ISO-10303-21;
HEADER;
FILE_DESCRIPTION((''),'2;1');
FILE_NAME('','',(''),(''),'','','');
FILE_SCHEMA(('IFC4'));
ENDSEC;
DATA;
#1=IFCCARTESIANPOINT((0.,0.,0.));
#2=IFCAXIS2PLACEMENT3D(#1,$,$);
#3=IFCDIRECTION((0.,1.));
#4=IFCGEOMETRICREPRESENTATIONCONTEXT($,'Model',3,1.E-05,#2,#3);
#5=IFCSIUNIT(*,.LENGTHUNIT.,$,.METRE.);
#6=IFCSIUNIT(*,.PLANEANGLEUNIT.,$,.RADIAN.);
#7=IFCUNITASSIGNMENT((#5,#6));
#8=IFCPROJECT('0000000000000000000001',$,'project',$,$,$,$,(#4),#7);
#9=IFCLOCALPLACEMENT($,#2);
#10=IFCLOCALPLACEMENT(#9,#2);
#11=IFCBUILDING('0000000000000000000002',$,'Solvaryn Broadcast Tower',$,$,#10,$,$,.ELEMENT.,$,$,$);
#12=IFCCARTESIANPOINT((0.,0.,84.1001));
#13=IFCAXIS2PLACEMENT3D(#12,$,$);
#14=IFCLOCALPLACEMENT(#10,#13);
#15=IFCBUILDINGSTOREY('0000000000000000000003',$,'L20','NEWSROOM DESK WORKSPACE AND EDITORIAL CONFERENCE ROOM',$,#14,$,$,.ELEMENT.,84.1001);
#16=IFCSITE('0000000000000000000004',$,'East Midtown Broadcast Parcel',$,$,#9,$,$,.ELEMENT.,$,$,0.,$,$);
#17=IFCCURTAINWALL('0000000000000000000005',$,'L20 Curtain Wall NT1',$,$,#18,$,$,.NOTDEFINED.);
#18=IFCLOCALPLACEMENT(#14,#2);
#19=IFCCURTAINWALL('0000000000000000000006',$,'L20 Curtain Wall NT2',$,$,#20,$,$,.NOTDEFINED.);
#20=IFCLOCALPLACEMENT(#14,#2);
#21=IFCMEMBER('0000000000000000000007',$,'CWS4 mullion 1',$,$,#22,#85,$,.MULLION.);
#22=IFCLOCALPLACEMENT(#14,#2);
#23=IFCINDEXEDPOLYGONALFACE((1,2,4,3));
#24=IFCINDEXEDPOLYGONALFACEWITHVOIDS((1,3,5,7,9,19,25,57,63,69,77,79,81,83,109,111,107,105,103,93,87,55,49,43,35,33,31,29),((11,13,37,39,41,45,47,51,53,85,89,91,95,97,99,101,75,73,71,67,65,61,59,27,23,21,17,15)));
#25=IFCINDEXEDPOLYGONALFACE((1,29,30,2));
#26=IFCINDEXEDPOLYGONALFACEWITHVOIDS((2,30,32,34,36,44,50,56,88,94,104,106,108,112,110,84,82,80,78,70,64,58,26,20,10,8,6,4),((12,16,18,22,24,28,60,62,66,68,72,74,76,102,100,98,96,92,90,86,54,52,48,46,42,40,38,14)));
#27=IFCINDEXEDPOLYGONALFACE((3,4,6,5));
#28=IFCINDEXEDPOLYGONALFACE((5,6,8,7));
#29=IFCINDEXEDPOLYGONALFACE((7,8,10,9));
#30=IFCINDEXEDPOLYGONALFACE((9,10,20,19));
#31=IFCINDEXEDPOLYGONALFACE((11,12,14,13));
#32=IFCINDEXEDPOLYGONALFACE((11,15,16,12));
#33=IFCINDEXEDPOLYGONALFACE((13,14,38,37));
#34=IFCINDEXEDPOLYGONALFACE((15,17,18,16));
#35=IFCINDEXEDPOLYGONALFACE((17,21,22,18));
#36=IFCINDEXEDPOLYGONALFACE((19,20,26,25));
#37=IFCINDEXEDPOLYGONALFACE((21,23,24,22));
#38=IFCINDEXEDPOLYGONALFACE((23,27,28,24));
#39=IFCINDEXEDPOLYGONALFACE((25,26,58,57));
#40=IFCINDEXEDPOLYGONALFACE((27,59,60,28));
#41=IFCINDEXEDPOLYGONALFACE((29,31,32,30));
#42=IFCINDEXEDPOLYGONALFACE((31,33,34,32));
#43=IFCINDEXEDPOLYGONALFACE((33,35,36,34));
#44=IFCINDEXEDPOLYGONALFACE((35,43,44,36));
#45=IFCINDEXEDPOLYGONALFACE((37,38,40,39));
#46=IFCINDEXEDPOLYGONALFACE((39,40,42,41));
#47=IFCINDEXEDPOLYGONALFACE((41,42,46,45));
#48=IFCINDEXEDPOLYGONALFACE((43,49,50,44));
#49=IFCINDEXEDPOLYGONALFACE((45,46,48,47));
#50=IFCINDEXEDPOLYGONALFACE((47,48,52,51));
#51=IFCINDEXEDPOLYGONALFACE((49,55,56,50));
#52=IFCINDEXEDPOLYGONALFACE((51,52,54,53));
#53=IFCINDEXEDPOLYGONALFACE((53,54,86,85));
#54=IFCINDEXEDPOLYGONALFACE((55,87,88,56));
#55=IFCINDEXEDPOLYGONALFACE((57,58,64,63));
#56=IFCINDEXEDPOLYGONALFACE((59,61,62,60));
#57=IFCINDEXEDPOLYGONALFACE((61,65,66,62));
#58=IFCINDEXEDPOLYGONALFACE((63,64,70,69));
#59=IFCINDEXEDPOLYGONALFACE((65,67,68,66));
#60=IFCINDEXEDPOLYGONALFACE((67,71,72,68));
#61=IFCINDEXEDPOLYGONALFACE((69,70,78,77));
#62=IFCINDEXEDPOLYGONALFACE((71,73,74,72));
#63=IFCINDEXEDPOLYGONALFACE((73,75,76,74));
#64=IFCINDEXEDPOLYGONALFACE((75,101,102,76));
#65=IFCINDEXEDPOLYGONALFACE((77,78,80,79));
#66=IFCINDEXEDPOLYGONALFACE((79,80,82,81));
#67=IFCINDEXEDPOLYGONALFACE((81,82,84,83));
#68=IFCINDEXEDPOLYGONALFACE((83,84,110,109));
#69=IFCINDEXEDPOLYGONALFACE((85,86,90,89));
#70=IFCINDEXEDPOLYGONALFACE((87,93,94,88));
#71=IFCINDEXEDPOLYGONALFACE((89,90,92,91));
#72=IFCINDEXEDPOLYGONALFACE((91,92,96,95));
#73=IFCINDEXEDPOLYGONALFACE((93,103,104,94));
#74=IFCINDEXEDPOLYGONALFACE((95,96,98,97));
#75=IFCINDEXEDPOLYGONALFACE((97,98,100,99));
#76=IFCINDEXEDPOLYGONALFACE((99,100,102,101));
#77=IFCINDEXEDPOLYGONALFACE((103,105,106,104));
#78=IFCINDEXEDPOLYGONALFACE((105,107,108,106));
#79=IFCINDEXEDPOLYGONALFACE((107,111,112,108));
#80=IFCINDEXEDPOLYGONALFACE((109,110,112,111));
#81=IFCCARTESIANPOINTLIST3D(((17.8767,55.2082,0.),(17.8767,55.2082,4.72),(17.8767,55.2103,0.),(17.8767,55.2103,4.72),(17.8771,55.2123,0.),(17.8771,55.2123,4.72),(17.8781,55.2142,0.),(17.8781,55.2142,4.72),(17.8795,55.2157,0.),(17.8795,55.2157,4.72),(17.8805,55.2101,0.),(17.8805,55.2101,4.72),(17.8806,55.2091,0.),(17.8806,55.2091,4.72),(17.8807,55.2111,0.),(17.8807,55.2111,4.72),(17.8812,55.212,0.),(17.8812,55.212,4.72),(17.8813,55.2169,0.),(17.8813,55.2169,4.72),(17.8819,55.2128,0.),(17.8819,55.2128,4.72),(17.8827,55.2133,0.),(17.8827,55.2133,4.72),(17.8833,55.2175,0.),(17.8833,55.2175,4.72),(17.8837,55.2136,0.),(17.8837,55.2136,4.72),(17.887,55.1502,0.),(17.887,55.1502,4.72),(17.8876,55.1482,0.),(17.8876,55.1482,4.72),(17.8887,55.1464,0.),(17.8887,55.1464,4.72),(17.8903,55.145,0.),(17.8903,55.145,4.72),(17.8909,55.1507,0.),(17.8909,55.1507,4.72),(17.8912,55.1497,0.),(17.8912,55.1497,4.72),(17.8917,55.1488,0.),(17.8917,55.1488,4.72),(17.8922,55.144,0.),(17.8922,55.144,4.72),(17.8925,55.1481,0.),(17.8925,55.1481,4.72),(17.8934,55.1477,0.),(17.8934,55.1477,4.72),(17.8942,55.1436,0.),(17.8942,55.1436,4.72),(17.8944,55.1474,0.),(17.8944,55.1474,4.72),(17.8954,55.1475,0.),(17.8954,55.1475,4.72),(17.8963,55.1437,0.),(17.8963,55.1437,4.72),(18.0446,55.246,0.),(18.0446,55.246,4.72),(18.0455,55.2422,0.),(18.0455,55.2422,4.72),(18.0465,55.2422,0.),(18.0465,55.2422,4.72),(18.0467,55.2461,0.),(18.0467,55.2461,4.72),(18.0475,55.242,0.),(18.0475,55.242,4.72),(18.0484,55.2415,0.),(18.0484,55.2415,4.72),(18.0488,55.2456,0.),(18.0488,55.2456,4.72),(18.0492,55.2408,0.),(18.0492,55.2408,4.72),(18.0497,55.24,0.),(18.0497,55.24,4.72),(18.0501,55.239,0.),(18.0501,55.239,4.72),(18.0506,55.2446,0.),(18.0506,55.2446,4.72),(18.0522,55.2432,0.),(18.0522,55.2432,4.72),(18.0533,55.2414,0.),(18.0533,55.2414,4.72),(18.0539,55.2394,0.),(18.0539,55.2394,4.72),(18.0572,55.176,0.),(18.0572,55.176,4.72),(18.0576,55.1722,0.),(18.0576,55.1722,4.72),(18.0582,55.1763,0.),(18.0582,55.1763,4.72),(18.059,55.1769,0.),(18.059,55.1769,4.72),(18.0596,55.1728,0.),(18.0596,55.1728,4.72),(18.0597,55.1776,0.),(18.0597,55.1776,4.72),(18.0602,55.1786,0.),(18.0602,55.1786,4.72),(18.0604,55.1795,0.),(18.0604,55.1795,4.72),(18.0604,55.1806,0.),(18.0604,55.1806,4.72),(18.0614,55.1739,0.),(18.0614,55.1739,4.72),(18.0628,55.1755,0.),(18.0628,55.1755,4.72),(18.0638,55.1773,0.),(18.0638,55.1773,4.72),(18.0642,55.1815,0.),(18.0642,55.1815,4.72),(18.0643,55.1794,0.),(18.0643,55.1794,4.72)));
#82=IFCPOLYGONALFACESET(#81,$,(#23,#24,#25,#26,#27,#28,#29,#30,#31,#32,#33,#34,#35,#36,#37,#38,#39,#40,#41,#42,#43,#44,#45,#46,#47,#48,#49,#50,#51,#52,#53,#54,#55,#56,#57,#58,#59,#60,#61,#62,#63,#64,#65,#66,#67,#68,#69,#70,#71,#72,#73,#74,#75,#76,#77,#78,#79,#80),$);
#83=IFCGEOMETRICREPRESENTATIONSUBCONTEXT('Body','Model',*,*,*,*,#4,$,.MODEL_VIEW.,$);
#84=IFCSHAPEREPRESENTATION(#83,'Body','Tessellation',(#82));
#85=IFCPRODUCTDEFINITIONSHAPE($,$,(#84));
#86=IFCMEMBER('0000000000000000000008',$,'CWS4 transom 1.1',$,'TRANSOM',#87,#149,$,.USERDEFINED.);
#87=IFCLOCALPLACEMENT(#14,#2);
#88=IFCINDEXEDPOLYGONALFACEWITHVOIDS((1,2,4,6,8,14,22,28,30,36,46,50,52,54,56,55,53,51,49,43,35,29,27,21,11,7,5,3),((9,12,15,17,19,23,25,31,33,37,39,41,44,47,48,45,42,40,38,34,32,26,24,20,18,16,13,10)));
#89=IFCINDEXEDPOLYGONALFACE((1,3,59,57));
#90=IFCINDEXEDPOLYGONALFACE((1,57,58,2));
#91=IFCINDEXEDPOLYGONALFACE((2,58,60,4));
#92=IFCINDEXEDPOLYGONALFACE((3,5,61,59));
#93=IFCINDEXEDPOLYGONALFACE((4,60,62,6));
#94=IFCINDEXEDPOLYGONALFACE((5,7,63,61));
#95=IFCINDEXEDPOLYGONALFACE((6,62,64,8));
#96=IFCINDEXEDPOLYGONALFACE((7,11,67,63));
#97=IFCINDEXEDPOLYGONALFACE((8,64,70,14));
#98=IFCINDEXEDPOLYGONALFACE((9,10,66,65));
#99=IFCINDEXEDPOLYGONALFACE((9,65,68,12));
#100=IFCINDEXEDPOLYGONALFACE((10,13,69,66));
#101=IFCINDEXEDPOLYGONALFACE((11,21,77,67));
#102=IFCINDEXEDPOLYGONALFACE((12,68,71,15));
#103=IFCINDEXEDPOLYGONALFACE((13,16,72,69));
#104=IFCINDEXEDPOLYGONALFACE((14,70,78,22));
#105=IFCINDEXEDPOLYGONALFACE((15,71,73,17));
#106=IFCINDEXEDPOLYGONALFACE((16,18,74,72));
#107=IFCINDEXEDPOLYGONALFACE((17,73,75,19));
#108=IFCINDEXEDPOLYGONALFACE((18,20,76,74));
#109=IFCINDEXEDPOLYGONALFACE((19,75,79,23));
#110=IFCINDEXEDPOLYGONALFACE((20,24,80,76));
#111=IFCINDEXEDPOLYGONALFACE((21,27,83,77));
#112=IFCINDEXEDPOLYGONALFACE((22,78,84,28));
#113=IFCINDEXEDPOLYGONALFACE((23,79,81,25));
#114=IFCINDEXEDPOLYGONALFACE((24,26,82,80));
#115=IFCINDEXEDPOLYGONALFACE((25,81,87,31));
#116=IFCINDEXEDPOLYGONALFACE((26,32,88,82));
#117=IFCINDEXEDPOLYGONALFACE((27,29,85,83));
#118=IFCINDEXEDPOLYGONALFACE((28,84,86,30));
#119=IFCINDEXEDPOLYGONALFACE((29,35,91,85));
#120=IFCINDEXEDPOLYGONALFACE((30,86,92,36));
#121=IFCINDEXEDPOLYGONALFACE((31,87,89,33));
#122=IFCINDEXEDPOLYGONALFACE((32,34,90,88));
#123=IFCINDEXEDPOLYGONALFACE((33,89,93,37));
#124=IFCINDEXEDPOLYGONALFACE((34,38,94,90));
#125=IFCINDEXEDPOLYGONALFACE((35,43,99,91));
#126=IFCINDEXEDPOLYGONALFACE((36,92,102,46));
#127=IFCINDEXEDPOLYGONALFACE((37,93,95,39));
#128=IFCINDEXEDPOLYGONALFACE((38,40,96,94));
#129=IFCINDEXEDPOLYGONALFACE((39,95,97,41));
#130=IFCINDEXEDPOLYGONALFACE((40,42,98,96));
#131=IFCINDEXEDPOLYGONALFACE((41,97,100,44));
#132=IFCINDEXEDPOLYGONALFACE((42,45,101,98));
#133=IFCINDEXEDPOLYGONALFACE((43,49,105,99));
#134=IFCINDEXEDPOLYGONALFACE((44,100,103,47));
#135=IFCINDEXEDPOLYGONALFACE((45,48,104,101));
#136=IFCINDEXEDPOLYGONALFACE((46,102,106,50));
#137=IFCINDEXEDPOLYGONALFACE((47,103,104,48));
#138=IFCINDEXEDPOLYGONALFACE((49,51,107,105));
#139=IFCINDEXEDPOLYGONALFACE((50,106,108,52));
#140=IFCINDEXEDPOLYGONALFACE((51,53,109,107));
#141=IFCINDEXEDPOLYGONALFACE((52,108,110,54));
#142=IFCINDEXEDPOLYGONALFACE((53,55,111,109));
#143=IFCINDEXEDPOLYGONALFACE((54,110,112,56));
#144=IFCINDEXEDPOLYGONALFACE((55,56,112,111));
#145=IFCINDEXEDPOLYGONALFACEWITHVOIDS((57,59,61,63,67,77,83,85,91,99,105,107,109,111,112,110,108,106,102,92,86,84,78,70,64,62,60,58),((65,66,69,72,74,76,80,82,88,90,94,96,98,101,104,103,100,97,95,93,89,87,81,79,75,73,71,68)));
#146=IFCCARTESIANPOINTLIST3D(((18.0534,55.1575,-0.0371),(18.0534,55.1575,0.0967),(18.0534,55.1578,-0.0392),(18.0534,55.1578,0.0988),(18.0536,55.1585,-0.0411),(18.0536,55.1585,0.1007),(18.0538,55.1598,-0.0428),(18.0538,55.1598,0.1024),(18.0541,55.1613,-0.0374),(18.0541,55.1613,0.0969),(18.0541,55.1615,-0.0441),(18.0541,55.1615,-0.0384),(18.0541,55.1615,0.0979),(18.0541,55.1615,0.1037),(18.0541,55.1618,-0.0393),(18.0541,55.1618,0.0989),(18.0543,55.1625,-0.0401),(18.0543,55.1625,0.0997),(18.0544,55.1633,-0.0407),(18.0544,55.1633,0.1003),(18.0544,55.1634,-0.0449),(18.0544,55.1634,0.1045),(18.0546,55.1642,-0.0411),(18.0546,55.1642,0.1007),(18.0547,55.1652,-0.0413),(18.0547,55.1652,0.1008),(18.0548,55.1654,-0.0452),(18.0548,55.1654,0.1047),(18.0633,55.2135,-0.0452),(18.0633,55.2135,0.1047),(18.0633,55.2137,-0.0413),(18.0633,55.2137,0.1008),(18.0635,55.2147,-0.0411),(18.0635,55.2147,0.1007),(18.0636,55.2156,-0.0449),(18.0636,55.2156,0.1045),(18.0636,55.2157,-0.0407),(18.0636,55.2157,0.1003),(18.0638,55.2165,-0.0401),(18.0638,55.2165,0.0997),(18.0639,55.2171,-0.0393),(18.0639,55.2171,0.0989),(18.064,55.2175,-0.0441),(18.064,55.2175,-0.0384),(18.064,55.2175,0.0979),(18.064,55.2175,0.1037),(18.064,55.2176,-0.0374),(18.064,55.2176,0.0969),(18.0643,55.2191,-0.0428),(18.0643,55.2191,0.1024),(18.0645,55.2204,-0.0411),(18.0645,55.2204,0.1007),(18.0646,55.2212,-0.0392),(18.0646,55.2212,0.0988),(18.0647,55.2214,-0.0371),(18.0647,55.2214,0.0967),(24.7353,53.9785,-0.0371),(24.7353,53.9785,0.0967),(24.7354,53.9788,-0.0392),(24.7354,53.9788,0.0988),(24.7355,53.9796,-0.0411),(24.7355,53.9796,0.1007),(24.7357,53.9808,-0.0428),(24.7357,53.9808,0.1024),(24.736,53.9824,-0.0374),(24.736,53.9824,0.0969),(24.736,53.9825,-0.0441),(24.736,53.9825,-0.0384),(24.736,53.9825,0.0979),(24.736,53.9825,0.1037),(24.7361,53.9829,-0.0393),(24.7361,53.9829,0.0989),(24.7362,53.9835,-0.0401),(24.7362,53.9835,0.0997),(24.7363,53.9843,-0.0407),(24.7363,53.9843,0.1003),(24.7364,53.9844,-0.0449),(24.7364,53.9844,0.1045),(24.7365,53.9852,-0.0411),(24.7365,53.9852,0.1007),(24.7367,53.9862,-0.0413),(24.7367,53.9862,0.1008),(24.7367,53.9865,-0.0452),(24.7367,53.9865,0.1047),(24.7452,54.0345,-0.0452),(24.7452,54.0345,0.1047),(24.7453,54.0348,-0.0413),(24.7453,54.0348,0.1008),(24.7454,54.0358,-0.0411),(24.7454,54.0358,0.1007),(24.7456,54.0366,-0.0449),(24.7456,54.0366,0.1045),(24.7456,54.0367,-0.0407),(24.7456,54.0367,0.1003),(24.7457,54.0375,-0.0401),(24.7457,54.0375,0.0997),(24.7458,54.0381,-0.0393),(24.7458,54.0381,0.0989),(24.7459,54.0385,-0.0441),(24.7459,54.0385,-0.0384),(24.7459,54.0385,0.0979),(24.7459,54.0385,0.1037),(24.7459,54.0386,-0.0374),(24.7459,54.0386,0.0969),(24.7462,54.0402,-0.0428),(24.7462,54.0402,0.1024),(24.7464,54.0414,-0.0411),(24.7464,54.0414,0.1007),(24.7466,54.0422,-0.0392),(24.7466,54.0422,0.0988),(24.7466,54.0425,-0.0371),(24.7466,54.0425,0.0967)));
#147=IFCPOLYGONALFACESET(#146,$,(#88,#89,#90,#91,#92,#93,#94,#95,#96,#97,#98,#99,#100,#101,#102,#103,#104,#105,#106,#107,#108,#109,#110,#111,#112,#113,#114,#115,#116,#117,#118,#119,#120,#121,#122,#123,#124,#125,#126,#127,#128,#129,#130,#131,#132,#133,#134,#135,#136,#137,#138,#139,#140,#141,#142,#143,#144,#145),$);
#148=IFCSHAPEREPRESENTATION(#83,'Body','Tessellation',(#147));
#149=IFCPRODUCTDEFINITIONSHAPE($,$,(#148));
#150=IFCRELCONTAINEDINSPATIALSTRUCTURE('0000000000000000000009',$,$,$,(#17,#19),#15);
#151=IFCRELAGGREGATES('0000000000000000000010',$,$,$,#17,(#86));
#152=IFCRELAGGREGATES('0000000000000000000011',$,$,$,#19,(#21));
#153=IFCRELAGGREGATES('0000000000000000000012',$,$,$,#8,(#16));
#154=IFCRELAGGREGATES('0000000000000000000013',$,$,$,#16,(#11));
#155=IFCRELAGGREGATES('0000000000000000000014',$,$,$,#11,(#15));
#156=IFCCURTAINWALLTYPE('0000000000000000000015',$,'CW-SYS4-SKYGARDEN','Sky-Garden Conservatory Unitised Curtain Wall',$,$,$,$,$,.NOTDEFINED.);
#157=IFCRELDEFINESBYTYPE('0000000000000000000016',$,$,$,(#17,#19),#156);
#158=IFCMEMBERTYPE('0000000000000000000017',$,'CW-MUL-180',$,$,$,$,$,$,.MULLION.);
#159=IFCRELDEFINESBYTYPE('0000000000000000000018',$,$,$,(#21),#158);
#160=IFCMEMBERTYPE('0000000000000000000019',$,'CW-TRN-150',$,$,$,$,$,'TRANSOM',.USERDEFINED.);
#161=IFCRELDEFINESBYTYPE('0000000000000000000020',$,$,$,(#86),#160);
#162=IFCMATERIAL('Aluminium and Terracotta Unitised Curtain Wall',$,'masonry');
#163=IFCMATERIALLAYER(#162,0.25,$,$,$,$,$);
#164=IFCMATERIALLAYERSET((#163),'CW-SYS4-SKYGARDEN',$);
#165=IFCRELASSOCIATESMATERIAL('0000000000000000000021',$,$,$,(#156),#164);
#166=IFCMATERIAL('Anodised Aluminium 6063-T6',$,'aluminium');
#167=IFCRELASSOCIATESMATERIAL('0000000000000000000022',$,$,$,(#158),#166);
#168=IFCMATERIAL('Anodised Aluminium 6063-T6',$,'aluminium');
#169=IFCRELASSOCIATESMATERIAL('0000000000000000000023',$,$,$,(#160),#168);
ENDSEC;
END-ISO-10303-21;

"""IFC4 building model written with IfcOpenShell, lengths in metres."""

from ifc_helpers import new_model, si_unit, direction, frame, origin, origin_2d, place, context, subcontext, project, spatial, hollow_rectangle, extrude, material, layer, layer_set, material_profile, profile_set, type_object, element, aggregate, save


model = new_model("IFC4")

# Units and contexts
model_context = context("Model", 3, precision=1e-05, world=origin(), true_north=direction((0.0, 1.0)))
body_context = subcontext(model_context, "Body", "Model", "MODEL_VIEW")
ifc_project = project(units=[si_unit("LENGTHUNIT", "METRE"), si_unit("PLANEANGLEUNIT", "RADIAN")], contexts=[model_context])

# Site, building, storey
site_placement = place(None, origin())
site = spatial("IfcSite", under=ifc_project, at=site_placement, Name="East Midtown Broadcast Parcel", CompositionType="ELEMENT", RefElevation=0.0)
building_placement = place(site_placement, origin())
building = spatial("IfcBuilding", under=site, at=building_placement, Name="Solvaryn Broadcast Tower", CompositionType="ELEMENT")
storey_placement = place(building_placement, frame((0.0, 0.0, 84.1001)))
storey = spatial("IfcBuildingStorey", under=building, at=storey_placement, Name="L20", Description="NEWSROOM DESK WORKSPACE AND EDITORIAL CONFERENCE ROOM", CompositionType="ELEMENT", Elevation=84.1001)

# Curtain wall
ifc_material_1 = material(Name="Aluminium and Terracotta Unitised Curtain Wall", Category="masonry")
ifc_layer_1 = layer(ifc_material_1, 0.25)
ifc_layer_set_1 = layer_set([ifc_layer_1], Name="CW-SYS4-SKYGARDEN")
curtain_wall_type = type_object("IfcCurtainWallType", Name="CW-SYS4-SKYGARDEN", Description="Sky-Garden Conservatory Unitised Curtain Wall", PredefinedType="NOTDEFINED", material=ifc_layer_set_1)
curtain_wall_1_placement = place(storey_placement, origin())
curtain_wall_1 = element("IfcCurtainWall", 1, at=curtain_wall_1_placement, inside=storey, type_object=curtain_wall_type, Name="L20 Curtain Wall NT1", PredefinedType="NOTDEFINED")
ifc_material_2 = material(Name="Anodised Aluminium 6063-T6", Category="aluminium")
ifc_material_profile_1 = material_profile(ifc_material_2, hollow_rectangle(XDim=0.075, YDim=0.1799, WallThickness=0.0039, InnerFilletRadius=0.0039, OuterFilletRadius=0.0081, at=origin_2d()))
ifc_profile_set_1 = profile_set([ifc_material_profile_1], Name="Anodised Aluminium 6063-T6")
member_type_1 = type_object("IfcMemberType", Name="CW-MUL-180", PredefinedType="MULLION", material=ifc_profile_set_1)

# Curtain wall, member
curtain_wall_2_placement = place(storey_placement, origin())
curtain_wall_2 = element("IfcCurtainWall", 2, at=curtain_wall_2_placement, inside=storey, type_object=curtain_wall_type, Name="L20 Curtain Wall NT2", PredefinedType="NOTDEFINED")
member_1_placement = place(storey_placement, frame((17.9705, 55.1948, 0.0), z_axis=(0.0, 0.0, 1.0), x_axis=(0.173785, -0.984784, 0.0)))
member_1 = element("IfcMember", 3, at=member_1_placement, type_object=member_type_1, Name="CWS4 mullion 1", PredefinedType="MULLION", context=body_context, shape_type="SweptSolid", body=[
    extrude(hollow_rectangle(XDim=0.075, YDim=0.1799, WallThickness=0.0039, InnerFilletRadius=0.0039, OuterFilletRadius=0.0081, at=origin_2d()), origin(), (0.0, 0.0, 1.0), 4.72),
])

# Member
ifc_material_3 = material(Name="Anodised Aluminium 6063-T6", Category="aluminium")
ifc_material_profile_2 = material_profile(ifc_material_3, hollow_rectangle(XDim=0.0649, YDim=0.1499, WallThickness=0.0039, InnerFilletRadius=0.0039, OuterFilletRadius=0.0081, at=origin_2d()))
ifc_profile_set_2 = profile_set([ifc_material_profile_2], Name="Anodised Aluminium 6063-T6")
member_type_2 = type_object("IfcMemberType", Name="CW-TRN-150", ElementType="TRANSOM", PredefinedType="USERDEFINED", material=ifc_profile_set_2)
member_2_placement = place(storey_placement, frame((24.741, 54.0105, 0.0298), z_axis=(-0.984789, 0.173757, 0.0), x_axis=(-0.173757, -0.984789, 0.0)))
member_2 = element("IfcMember", 4, at=member_2_placement, type_object=member_type_2, Name="CWS4 transom 1.1", ObjectType="TRANSOM", PredefinedType="USERDEFINED", context=body_context, shape_type="SweptSolid", body=[
    extrude(hollow_rectangle(XDim=0.0649, YDim=0.1499, WallThickness=0.0039, InnerFilletRadius=0.0039, OuterFilletRadius=0.0081, at=origin_2d()), origin(), (0.0, 0.0, 1.0), 6.7852),
])

aggregate(curtain_wall_1, [member_2])
aggregate(curtain_wall_2, [member_1])

save(model, "model.ifc")
